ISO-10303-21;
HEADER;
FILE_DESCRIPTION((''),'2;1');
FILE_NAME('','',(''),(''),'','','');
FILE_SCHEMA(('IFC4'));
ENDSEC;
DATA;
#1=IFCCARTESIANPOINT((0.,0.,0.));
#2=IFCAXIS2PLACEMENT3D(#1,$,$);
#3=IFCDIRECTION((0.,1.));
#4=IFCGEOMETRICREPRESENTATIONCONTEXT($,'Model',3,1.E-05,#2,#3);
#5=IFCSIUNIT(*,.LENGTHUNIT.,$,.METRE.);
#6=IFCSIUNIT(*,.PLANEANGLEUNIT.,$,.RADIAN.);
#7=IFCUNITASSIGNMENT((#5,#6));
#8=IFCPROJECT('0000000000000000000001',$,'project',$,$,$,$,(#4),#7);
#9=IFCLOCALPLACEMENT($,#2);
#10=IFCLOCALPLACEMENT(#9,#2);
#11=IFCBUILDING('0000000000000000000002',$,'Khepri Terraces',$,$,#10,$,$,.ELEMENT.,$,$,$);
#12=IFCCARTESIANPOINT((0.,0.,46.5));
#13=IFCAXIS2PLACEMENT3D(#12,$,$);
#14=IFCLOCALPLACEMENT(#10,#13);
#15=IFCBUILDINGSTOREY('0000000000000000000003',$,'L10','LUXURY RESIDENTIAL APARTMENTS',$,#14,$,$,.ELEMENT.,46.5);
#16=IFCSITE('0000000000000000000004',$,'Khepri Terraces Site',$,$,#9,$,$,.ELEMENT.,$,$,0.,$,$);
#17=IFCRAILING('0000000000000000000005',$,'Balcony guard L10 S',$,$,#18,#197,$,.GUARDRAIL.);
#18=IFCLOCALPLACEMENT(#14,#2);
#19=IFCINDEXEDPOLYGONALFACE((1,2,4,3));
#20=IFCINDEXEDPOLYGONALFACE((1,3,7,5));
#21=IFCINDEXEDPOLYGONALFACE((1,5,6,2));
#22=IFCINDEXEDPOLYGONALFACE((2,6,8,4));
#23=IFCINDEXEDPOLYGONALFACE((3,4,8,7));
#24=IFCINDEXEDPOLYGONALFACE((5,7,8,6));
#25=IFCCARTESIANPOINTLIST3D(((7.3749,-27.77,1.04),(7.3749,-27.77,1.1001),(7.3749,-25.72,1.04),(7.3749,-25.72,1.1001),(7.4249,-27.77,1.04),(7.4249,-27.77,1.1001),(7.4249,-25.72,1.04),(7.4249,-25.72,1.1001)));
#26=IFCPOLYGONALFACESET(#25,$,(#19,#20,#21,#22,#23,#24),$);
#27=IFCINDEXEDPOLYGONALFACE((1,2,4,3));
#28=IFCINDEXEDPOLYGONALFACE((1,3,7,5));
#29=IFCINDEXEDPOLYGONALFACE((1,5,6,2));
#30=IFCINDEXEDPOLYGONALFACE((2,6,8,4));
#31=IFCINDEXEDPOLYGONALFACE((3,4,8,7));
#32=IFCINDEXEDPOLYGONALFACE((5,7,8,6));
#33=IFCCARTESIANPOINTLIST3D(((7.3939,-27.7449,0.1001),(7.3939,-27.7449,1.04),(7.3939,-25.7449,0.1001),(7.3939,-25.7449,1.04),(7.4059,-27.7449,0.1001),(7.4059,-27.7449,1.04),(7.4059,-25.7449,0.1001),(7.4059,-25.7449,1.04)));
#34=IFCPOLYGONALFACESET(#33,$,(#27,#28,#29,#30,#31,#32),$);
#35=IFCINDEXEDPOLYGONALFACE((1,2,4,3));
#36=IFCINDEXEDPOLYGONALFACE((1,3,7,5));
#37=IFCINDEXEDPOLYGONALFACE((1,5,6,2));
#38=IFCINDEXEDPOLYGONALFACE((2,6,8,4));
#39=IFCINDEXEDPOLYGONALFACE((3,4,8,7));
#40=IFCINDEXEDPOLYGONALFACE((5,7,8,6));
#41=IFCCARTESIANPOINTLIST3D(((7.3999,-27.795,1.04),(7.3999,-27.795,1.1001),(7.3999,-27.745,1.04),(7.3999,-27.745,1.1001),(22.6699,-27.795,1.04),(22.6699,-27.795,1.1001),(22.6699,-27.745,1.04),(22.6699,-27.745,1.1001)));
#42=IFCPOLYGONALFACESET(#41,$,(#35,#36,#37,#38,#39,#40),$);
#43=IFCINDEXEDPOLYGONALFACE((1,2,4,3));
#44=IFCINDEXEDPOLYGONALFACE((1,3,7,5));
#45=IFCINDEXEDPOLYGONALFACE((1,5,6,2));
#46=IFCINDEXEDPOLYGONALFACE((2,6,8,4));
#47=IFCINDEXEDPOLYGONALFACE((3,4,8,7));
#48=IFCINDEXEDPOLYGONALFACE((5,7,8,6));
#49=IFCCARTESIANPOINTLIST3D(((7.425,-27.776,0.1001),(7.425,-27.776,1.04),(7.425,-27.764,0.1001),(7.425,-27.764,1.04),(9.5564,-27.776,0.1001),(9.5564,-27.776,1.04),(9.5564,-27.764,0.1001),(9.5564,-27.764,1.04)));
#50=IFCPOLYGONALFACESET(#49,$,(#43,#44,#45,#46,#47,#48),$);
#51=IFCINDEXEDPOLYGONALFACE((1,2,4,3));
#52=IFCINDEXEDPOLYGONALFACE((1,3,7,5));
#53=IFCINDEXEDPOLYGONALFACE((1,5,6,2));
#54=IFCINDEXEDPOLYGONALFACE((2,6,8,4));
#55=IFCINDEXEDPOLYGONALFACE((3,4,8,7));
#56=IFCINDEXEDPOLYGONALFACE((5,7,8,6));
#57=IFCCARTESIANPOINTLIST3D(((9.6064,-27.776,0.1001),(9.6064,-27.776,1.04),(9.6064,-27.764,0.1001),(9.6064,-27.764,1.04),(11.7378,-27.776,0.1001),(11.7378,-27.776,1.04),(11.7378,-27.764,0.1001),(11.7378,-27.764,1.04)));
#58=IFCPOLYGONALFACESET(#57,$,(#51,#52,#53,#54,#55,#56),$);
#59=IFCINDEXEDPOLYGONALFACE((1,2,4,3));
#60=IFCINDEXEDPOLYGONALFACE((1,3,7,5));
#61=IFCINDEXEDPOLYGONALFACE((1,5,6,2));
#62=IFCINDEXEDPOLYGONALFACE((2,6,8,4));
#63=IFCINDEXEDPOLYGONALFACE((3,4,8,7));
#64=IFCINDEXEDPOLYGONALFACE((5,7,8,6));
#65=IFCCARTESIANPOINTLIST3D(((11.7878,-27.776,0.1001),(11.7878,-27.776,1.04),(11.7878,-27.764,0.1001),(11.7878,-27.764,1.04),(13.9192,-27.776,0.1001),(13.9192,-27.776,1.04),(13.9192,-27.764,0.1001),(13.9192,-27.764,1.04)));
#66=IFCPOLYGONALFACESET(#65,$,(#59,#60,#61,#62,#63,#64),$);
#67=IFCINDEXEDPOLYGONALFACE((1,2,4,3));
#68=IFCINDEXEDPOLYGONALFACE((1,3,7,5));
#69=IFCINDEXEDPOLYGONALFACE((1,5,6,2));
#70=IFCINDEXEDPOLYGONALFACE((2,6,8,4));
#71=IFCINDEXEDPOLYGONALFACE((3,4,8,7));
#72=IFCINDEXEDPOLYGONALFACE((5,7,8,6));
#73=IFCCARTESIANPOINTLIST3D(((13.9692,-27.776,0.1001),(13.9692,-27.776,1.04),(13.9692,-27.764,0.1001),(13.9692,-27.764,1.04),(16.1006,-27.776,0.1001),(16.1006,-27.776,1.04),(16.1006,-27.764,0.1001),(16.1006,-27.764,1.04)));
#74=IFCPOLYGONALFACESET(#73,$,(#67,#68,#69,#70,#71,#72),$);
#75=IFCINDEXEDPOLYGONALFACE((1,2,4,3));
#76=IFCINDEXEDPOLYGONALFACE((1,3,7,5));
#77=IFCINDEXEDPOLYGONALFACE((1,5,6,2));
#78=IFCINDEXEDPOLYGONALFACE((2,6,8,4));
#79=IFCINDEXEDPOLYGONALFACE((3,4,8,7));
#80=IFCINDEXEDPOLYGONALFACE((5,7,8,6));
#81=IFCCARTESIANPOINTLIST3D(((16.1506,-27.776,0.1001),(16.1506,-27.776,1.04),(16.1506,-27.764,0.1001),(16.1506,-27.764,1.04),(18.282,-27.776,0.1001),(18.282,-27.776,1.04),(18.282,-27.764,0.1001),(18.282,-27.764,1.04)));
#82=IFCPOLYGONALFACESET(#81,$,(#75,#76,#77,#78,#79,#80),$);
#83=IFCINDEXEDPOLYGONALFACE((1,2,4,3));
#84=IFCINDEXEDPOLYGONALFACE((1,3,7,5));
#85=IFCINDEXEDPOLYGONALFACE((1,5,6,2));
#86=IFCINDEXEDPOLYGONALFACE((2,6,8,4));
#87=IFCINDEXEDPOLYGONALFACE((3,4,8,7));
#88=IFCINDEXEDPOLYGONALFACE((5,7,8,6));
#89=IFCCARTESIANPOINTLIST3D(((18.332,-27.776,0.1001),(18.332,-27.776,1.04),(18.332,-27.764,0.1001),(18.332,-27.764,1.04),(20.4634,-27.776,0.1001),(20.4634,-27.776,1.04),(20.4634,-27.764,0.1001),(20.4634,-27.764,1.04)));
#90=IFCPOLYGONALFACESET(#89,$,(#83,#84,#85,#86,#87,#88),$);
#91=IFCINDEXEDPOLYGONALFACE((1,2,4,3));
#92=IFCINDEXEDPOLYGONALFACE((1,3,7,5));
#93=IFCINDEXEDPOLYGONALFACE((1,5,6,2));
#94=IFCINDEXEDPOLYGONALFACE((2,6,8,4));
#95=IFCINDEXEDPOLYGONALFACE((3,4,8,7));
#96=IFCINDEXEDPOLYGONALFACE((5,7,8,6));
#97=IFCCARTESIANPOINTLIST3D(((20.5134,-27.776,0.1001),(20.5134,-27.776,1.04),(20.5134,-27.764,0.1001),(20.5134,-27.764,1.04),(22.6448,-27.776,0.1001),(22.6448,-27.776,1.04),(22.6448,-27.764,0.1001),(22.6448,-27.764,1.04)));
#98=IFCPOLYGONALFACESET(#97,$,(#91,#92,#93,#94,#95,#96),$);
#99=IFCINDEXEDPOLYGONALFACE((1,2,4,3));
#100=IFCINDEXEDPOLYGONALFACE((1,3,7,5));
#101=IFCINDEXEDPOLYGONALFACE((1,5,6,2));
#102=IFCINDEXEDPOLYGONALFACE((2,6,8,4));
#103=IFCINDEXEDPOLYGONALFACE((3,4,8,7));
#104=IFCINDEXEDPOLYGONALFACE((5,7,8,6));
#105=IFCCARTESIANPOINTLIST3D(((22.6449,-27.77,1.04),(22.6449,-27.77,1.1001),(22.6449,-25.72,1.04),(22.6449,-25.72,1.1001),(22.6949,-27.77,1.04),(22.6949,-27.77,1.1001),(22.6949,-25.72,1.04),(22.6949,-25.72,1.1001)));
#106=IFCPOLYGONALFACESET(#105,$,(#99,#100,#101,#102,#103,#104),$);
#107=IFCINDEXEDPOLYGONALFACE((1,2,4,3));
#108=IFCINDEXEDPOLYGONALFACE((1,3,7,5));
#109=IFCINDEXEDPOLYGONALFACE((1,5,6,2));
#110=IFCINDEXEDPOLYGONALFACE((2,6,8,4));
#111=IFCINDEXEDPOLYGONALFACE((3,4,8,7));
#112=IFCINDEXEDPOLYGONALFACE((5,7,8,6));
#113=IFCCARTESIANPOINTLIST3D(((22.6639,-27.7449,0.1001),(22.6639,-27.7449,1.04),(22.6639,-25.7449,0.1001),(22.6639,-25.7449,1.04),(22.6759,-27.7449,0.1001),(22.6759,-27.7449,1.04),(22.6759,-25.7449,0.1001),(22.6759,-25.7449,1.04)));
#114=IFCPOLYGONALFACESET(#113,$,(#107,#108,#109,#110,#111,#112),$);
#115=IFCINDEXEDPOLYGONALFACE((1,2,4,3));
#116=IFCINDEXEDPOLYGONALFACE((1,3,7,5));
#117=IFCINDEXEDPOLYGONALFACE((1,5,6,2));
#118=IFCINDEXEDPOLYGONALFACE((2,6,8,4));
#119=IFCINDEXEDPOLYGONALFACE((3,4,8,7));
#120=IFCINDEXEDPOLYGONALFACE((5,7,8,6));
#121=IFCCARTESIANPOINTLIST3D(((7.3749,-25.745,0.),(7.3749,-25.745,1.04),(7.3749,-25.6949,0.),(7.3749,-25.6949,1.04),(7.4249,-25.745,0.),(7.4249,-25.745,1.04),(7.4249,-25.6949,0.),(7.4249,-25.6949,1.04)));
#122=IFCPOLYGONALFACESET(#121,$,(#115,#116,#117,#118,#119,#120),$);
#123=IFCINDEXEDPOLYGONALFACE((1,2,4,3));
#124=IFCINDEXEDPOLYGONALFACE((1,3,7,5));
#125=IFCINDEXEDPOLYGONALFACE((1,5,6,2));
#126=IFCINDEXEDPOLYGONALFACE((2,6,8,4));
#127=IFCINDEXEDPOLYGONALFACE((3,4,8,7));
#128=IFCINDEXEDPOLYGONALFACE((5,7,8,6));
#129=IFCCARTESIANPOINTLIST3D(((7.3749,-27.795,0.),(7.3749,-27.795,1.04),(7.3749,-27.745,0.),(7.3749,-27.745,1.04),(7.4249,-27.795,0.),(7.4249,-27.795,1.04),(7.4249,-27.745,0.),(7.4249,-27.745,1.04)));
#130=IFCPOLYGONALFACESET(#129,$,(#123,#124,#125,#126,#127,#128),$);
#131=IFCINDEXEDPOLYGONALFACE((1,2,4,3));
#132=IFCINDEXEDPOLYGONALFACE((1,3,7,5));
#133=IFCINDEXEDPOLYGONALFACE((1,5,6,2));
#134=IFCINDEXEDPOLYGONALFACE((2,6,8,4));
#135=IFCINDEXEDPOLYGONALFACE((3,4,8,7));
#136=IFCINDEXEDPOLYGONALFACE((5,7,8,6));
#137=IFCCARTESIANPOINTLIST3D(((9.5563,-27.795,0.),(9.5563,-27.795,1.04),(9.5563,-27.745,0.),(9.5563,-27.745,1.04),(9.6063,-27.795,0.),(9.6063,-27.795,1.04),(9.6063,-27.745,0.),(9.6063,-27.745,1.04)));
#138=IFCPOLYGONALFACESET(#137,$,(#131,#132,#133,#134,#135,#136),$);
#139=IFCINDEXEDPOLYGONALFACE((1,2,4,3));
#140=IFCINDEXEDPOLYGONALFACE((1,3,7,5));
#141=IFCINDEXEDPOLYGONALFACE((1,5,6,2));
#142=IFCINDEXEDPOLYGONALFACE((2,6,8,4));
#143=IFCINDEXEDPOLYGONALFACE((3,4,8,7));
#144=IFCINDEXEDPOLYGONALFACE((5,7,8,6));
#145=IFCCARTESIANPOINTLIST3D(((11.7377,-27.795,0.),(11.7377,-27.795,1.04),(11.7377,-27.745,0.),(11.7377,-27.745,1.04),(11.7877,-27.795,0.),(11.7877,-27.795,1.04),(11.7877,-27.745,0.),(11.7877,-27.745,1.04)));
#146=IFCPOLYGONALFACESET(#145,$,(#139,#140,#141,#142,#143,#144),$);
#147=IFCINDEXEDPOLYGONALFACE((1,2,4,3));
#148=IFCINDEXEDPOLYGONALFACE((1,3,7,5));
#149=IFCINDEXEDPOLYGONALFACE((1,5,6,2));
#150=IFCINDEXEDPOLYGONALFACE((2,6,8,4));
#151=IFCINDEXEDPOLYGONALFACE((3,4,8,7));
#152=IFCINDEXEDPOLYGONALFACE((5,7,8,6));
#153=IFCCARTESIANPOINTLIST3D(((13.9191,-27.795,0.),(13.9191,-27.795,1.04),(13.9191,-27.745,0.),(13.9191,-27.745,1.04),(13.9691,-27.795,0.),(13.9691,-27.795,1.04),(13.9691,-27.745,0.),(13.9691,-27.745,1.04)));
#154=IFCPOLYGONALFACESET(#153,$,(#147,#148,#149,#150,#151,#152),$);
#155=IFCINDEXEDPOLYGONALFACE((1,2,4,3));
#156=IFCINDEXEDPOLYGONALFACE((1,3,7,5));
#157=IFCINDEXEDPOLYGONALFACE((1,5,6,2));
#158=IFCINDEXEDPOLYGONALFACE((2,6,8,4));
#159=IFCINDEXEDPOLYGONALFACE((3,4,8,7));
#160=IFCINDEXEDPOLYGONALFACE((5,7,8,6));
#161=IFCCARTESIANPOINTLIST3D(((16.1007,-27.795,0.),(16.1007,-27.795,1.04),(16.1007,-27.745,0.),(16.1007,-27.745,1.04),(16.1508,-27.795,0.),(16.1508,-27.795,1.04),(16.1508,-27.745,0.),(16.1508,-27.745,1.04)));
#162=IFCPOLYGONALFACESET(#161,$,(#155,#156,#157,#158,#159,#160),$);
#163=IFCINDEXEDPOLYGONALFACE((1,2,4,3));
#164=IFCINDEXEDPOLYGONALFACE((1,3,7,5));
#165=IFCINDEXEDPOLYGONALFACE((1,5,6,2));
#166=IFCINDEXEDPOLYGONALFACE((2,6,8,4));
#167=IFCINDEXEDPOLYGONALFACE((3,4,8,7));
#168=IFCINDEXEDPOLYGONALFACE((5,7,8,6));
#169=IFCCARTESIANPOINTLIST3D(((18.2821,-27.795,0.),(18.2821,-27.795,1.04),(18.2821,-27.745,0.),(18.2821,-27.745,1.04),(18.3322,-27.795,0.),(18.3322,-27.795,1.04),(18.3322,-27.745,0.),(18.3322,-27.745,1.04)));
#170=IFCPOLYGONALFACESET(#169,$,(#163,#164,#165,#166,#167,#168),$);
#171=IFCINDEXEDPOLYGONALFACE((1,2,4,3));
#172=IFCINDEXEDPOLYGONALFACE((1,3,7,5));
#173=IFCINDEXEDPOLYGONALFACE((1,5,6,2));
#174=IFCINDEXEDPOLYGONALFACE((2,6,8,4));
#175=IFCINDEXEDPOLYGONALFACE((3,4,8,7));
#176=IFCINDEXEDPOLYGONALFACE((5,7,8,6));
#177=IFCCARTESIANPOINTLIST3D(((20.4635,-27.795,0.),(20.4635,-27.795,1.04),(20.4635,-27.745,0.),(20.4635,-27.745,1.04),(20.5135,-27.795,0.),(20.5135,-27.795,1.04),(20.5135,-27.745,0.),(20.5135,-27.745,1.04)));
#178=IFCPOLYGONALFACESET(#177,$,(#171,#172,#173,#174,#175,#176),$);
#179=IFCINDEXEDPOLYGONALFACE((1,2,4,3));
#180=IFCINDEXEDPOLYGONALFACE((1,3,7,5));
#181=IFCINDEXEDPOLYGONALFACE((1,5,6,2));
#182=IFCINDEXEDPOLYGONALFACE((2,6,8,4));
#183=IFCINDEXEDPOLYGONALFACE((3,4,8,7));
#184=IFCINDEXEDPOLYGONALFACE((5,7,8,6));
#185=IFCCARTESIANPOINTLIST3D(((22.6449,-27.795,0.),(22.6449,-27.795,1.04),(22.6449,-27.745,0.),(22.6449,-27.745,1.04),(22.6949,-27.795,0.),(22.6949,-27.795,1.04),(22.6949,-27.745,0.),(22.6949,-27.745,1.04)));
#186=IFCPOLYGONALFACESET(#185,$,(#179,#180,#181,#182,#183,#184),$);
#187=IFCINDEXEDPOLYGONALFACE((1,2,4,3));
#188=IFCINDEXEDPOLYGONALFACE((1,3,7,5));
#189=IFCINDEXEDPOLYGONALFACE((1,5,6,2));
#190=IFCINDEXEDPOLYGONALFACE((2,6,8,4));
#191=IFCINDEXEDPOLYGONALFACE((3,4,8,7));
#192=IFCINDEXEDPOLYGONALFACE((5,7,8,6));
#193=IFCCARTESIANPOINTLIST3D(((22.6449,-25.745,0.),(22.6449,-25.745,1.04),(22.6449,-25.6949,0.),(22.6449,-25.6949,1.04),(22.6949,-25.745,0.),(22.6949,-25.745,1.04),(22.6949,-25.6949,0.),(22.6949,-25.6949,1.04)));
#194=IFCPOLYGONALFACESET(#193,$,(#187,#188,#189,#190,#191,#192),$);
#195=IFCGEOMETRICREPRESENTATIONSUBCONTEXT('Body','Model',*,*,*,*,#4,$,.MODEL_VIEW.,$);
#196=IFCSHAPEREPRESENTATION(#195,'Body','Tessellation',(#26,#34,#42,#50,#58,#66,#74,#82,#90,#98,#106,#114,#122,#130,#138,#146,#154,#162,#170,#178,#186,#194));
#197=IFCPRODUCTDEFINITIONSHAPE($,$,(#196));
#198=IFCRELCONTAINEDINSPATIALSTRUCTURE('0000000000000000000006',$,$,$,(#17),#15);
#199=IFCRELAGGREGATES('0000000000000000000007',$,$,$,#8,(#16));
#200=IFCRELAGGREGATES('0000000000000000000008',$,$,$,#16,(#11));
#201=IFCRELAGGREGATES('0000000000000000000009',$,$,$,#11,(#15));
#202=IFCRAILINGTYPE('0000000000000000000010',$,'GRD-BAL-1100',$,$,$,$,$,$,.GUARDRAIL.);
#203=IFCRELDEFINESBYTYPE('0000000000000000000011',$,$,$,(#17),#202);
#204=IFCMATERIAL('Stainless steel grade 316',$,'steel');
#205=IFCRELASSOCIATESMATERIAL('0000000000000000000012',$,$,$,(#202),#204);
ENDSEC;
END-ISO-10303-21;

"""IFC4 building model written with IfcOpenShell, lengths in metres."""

from ifc_helpers import new_model, si_unit, direction, frame, origin, origin_2d, place, context, subcontext, project, spatial, rectangle, extrude, material, type_object, element, save


model = new_model("IFC4")

# Units and contexts
model_context = context("Model", 3, precision=1e-05, world=origin(), true_north=direction((0.0, 1.0)))
body_context = subcontext(model_context, "Body", "Model", "MODEL_VIEW")
ifc_project = project(units=[si_unit("LENGTHUNIT", "METRE"), si_unit("PLANEANGLEUNIT", "RADIAN")], contexts=[model_context])

# Site, building, storey
site_placement = place(None, origin())
site = spatial("IfcSite", under=ifc_project, at=site_placement, Name="Khepri Terraces Site", CompositionType="ELEMENT", RefElevation=0.0)
building_placement = place(site_placement, origin())
building = spatial("IfcBuilding", under=site, at=building_placement, Name="Khepri Terraces", CompositionType="ELEMENT")
storey_placement = place(building_placement, frame((0.0, 0.0, 46.5)))
storey = spatial("IfcBuildingStorey", under=building, at=storey_placement, Name="L10", Description="LUXURY RESIDENTIAL APARTMENTS", CompositionType="ELEMENT", Elevation=46.5)

# Railing
ifc_material_1 = material(Name="Stainless steel grade 316", Category="steel")
railing_type = type_object("IfcRailingType", Name="GRD-BAL-1100", PredefinedType="GUARDRAIL", material=ifc_material_1)
railing_placement = place(storey_placement, frame((7.3999, -25.72, 0.0)))
element("IfcRailing", 1, at=railing_placement, inside=storey, type_object=railing_type, Name="Balcony guard L10 S", PredefinedType="GUARDRAIL", context=body_context, shape_type="SweptSolid", body=[
    extrude(rectangle(XDim=0.05, YDim=0.0601, at=origin_2d()), frame((0.0, 0.0, 1.0701), z_axis=(0.0, -1.0, 0.0), x_axis=(1.0, 0.0, 0.0)), (0.0, 0.0, 1.0), 2.05),
    extrude(rectangle(XDim=2.0, YDim=0.012, at=origin_2d()), frame((0.0, -1.0249, 0.1001), z_axis=(0.0, 0.0, 1.0), x_axis=(0.0, -1.0, 0.0)), (0.0, 0.0, 1.0), 0.9399),
    extrude(rectangle(XDim=0.05, YDim=0.0601, at=origin_2d()), frame((0.0, -2.05, 1.0701), z_axis=(1.0, 0.0, 0.0), x_axis=(0.0, 1.0, 0.0)), (0.0, 0.0, 1.0), 15.27),
    extrude(rectangle(XDim=2.1313, YDim=0.012, at=origin_2d()), frame((1.0908, -2.05, 0.1001), z_axis=(0.0, 0.0, 1.0), x_axis=(1.0, 0.0, 0.0)), (0.0, 0.0, 1.0), 0.9399),
    extrude(rectangle(XDim=2.1313, YDim=0.012, at=origin_2d()), frame((3.2722, -2.05, 0.1001), z_axis=(0.0, 0.0, 1.0), x_axis=(1.0, 0.0, 0.0)), (0.0, 0.0, 1.0), 0.9399),
    extrude(rectangle(XDim=2.1313, YDim=0.012, at=origin_2d()), frame((5.4536, -2.05, 0.1001), z_axis=(0.0, 0.0, 1.0), x_axis=(1.0, 0.0, 0.0)), (0.0, 0.0, 1.0), 0.9399),
    extrude(rectangle(XDim=2.1313, YDim=0.012, at=origin_2d()), frame((7.635, -2.05, 0.1001), z_axis=(0.0, 0.0, 1.0), x_axis=(1.0, 0.0, 0.0)), (0.0, 0.0, 1.0), 0.9399),
    extrude(rectangle(XDim=2.1313, YDim=0.012, at=origin_2d()), frame((9.8164, -2.05, 0.1001), z_axis=(0.0, 0.0, 1.0), x_axis=(1.0, 0.0, 0.0)), (0.0, 0.0, 1.0), 0.9399),
    extrude(rectangle(XDim=2.1313, YDim=0.012, at=origin_2d()), frame((11.9978, -2.05, 0.1001), z_axis=(0.0, 0.0, 1.0), x_axis=(1.0, 0.0, 0.0)), (0.0, 0.0, 1.0), 0.9399),
    extrude(rectangle(XDim=2.1313, YDim=0.012, at=origin_2d()), frame((14.1792, -2.05, 0.1001), z_axis=(0.0, 0.0, 1.0), x_axis=(1.0, 0.0, 0.0)), (0.0, 0.0, 1.0), 0.9399),
    extrude(rectangle(XDim=0.05, YDim=0.0601, at=origin_2d()), frame((15.27, -2.05, 1.0701), z_axis=(0.0, 1.0, 0.0), x_axis=(-1.0, 0.0, 0.0)), (0.0, 0.0, 1.0), 2.05),
    extrude(rectangle(XDim=2.0, YDim=0.012, at=origin_2d()), frame((15.27, -1.0249, 0.1001), z_axis=(0.0, 0.0, 1.0), x_axis=(0.0, 1.0, 0.0)), (0.0, 0.0, 1.0), 0.9399),
    extrude(rectangle(XDim=0.05, YDim=0.05, at=origin_2d()), origin(), (0.0, 0.0, 1.0), 1.04),
    extrude(rectangle(XDim=0.05, YDim=0.05, at=origin_2d()), frame((0.0, -2.05, 0.0)), (0.0, 0.0, 1.0), 1.04),
    extrude(rectangle(XDim=0.05, YDim=0.05, at=origin_2d()), frame((2.1814, -2.05, 0.0)), (0.0, 0.0, 1.0), 1.04),
    extrude(rectangle(XDim=0.05, YDim=0.05, at=origin_2d()), frame((4.3628, -2.05, 0.0)), (0.0, 0.0, 1.0), 1.04),
    extrude(rectangle(XDim=0.05, YDim=0.05, at=origin_2d()), frame((6.5442, -2.05, 0.0)), (0.0, 0.0, 1.0), 1.04),
    extrude(rectangle(XDim=0.05, YDim=0.05, at=origin_2d()), frame((8.7258, -2.05, 0.0)), (0.0, 0.0, 1.0), 1.04),
    extrude(rectangle(XDim=0.05, YDim=0.05, at=origin_2d()), frame((10.9072, -2.05, 0.0)), (0.0, 0.0, 1.0), 1.04),
    extrude(rectangle(XDim=0.05, YDim=0.05, at=origin_2d()), frame((13.0886, -2.05, 0.0)), (0.0, 0.0, 1.0), 1.04),
    extrude(rectangle(XDim=0.05, YDim=0.05, at=origin_2d()), frame((15.27, -2.05, 0.0)), (0.0, 0.0, 1.0), 1.04),
    extrude(rectangle(XDim=0.05, YDim=0.05, at=origin_2d()), frame((15.27, 0.0, 0.0)), (0.0, 0.0, 1.0), 1.04),
])

save(model, "model.ifc")
